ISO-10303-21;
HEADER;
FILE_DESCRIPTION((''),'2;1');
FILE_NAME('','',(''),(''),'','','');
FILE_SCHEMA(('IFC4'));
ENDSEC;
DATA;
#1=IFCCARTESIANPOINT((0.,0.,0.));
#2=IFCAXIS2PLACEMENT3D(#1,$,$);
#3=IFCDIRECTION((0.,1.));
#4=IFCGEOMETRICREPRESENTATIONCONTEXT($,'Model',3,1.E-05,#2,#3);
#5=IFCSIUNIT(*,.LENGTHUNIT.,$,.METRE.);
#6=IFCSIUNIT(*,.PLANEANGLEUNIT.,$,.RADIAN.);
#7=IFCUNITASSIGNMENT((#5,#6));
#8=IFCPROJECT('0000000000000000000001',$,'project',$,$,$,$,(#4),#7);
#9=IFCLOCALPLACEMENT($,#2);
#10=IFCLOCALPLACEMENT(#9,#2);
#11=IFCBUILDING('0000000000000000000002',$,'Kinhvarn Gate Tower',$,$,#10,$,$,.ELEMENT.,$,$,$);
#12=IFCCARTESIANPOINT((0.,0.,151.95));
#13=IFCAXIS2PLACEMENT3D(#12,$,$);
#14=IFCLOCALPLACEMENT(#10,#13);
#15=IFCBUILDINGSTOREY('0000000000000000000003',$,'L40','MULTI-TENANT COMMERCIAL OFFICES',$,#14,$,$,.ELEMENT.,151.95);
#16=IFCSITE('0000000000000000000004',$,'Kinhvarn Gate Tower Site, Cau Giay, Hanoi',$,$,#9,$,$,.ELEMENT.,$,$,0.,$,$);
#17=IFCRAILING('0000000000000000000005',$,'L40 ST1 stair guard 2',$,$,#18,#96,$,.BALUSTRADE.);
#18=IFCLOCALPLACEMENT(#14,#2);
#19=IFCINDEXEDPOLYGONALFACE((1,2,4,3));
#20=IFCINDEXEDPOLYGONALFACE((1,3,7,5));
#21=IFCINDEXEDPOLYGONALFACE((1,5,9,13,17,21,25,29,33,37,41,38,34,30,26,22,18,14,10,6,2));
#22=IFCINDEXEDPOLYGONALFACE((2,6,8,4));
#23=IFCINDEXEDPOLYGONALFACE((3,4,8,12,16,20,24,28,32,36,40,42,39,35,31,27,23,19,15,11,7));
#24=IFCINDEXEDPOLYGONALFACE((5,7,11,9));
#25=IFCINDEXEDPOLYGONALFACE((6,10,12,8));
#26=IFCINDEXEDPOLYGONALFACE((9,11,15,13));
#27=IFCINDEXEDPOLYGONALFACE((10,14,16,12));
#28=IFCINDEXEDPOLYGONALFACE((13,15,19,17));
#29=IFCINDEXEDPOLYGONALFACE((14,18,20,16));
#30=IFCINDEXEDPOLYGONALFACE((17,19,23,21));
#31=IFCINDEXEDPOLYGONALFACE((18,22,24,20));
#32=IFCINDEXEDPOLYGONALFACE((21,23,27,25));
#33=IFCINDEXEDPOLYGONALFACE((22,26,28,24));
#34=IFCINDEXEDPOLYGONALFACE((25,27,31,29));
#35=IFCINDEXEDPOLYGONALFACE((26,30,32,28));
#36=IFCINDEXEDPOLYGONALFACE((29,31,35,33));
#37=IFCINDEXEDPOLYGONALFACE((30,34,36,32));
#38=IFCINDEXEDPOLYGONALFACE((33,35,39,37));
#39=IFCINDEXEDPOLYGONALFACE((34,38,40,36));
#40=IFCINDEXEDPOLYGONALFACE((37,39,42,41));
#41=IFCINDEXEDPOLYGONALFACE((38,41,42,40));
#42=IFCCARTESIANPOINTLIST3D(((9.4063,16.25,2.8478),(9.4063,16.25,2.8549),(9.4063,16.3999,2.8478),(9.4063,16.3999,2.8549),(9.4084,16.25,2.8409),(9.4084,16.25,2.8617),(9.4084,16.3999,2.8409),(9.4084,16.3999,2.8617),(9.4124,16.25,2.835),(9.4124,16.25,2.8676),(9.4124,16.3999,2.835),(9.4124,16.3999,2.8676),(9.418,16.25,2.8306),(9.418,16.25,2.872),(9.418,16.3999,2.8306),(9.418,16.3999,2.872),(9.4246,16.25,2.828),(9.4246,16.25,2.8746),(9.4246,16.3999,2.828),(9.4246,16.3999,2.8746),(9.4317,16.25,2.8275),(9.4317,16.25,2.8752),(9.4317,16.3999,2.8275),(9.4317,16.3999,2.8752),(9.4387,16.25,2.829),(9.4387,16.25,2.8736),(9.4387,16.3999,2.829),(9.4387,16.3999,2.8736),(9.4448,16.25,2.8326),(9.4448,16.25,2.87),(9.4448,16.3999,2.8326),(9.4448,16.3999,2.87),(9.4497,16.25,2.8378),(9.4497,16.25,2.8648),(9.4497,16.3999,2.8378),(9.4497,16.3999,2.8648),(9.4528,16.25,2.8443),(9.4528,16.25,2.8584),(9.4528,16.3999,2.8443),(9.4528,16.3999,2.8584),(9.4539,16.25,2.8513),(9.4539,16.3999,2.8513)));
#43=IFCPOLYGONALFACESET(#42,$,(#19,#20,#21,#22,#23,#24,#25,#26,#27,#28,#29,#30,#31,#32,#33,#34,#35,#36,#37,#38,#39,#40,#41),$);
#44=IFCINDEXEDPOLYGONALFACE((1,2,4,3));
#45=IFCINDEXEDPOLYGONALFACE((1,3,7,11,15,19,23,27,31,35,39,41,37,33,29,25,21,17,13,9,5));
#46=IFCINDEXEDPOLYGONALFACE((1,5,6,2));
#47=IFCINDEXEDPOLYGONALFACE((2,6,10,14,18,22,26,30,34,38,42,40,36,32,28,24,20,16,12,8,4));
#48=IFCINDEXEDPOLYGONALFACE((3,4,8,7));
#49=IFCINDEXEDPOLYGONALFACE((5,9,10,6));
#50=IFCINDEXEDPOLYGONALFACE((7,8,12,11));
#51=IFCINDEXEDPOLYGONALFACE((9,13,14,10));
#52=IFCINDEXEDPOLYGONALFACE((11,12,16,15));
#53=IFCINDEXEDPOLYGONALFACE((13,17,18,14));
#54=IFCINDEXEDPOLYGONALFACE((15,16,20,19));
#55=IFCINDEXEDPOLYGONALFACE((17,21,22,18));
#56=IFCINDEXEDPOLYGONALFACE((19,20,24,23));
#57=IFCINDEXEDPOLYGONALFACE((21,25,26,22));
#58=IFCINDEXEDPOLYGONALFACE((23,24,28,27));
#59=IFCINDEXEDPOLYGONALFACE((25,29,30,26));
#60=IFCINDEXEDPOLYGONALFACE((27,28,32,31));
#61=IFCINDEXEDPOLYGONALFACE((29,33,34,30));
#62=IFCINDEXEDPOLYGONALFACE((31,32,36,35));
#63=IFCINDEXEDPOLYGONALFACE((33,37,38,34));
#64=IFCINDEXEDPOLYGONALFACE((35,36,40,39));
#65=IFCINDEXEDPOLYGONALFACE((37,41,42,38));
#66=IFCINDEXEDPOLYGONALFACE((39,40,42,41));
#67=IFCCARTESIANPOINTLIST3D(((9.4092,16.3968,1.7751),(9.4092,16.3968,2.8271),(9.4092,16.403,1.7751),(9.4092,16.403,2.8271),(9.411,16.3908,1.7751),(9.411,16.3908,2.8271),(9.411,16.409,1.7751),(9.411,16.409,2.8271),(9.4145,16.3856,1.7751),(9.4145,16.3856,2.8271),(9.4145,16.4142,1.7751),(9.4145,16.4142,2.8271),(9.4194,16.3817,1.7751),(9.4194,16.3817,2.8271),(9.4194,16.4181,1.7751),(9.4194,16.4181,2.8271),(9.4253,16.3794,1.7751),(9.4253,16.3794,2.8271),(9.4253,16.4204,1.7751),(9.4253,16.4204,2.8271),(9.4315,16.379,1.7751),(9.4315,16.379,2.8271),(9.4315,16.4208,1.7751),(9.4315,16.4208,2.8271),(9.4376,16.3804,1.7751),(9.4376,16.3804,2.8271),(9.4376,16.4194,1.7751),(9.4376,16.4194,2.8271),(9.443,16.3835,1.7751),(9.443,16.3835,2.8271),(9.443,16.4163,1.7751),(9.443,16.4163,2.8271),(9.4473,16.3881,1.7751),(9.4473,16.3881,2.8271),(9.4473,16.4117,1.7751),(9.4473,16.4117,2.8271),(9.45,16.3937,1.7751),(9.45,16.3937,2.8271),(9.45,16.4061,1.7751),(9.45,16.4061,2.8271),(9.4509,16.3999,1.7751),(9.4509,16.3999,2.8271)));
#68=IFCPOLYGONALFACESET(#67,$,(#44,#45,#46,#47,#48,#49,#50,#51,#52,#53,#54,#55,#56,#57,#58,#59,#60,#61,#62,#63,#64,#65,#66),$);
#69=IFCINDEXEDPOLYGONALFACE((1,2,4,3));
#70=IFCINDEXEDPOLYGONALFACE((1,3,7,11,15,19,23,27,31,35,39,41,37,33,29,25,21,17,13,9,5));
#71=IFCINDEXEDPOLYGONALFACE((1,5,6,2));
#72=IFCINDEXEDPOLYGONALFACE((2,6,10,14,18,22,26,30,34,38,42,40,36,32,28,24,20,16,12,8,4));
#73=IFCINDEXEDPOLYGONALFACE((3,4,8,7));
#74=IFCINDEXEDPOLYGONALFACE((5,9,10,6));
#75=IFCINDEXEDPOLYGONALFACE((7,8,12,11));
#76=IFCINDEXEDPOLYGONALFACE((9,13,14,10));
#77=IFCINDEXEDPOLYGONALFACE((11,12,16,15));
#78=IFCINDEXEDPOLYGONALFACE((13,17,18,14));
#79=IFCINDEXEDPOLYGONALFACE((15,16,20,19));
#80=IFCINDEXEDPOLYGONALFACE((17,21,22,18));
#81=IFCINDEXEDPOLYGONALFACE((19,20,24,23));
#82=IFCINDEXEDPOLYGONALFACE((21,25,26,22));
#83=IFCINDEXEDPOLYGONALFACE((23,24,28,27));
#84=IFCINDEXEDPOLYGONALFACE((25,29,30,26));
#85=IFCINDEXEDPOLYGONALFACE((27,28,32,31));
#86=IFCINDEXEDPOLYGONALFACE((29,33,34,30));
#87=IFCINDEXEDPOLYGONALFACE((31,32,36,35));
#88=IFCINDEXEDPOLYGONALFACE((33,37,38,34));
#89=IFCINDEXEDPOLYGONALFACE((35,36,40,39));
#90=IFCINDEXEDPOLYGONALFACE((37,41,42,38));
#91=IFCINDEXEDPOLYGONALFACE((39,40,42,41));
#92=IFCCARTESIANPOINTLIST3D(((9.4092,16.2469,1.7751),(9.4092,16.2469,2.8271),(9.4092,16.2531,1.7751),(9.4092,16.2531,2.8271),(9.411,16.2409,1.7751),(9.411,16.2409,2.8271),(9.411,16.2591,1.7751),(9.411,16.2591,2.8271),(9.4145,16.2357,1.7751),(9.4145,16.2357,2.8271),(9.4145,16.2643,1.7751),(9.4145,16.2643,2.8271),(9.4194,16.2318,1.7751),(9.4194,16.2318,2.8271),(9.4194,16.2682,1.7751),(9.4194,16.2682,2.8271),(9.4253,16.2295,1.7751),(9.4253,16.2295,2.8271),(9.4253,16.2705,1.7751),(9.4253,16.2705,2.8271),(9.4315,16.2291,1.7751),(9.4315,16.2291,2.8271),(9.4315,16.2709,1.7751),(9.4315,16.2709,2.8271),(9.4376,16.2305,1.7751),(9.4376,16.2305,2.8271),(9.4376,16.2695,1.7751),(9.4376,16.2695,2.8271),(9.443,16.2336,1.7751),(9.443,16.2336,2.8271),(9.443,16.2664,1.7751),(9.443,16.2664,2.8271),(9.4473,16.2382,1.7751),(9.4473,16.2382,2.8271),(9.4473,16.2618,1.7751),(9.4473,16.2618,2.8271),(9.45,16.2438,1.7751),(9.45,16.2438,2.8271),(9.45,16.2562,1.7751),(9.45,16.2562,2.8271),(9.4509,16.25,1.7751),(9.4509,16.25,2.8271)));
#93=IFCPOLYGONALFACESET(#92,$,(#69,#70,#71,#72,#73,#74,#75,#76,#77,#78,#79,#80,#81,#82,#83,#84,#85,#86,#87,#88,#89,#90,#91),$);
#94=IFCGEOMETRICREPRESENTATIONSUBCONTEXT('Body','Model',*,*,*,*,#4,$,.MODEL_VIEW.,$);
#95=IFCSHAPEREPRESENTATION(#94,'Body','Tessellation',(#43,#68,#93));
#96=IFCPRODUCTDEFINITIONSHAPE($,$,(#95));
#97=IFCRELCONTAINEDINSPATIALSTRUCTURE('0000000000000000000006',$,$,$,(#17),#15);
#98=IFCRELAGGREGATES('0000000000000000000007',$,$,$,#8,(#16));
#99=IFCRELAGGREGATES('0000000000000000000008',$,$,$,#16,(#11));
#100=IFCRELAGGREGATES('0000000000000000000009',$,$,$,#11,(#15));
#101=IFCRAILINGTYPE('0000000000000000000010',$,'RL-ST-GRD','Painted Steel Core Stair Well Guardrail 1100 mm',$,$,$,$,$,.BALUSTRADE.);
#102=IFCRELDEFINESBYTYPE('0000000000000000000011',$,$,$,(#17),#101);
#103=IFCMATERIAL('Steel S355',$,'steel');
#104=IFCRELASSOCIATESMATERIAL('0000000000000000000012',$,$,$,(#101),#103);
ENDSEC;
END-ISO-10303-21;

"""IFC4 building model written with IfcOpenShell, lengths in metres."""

from ifc_helpers import new_model, si_unit, direction, frame, origin, origin_2d, place, context, subcontext, project, spatial, circle, extrude, material, type_object, element, save


model = new_model("IFC4")

# Units and contexts
model_context = context("Model", 3, precision=1e-05, world=origin(), true_north=direction((0.0, 1.0)))
body_context = subcontext(model_context, "Body", "Model", "MODEL_VIEW")
ifc_project = project(units=[si_unit("LENGTHUNIT", "METRE"), si_unit("PLANEANGLEUNIT", "RADIAN")], contexts=[model_context])

# Site, building, storey
site_placement = place(None, origin())
site = spatial("IfcSite", under=ifc_project, at=site_placement, Name="Kinhvarn Gate Tower Site, Cau Giay, Hanoi", CompositionType="ELEMENT", RefElevation=0.0)
building_placement = place(site_placement, origin())
building = spatial("IfcBuilding", under=site, at=building_placement, Name="Kinhvarn Gate Tower", CompositionType="ELEMENT")
storey_placement = place(building_placement, frame((0.0, 0.0, 151.95)))
storey = spatial("IfcBuildingStorey", under=building, at=storey_placement, Name="L40", Description="MULTI-TENANT COMMERCIAL OFFICES", CompositionType="ELEMENT", Elevation=151.95)

# Shared definitions
ifc_material_1 = material(Name="Steel S355", Category="steel")

# Railing
railing_type_1 = type_object("IfcRailingType", Name="RL-ST-GRD", Description="Painted Steel Core Stair Well Guardrail 1100 mm", PredefinedType="BALUSTRADE", material=ifc_material_1)
railing_1_placement = place(storey_placement, frame((9.4299, 16.3999, 1.7751)))
element("IfcRailing", 1, at=railing_1_placement, inside=storey, type_object=railing_type_1, Name="L40 ST1 stair guard 2", PredefinedType="BALUSTRADE", context=body_context, shape_type="SweptSolid", body=[
    extrude(circle(Radius=0.0239, at=origin_2d()), frame((0.0, 0.0, 1.0762), z_axis=(0.0, -1.0, 0.0), x_axis=(1.0, 0.0, 0.0)), (0.0, 0.0, 1.0), 0.1499),
    extrude(circle(Radius=0.021, at=origin_2d()), origin(), (0.0, 0.0, 1.0), 1.052),
    extrude(circle(Radius=0.021, at=origin_2d()), frame((0.0, -0.1499, 0.0)), (0.0, 0.0, 1.0), 1.052),
])

save(model, "model.ifc")
